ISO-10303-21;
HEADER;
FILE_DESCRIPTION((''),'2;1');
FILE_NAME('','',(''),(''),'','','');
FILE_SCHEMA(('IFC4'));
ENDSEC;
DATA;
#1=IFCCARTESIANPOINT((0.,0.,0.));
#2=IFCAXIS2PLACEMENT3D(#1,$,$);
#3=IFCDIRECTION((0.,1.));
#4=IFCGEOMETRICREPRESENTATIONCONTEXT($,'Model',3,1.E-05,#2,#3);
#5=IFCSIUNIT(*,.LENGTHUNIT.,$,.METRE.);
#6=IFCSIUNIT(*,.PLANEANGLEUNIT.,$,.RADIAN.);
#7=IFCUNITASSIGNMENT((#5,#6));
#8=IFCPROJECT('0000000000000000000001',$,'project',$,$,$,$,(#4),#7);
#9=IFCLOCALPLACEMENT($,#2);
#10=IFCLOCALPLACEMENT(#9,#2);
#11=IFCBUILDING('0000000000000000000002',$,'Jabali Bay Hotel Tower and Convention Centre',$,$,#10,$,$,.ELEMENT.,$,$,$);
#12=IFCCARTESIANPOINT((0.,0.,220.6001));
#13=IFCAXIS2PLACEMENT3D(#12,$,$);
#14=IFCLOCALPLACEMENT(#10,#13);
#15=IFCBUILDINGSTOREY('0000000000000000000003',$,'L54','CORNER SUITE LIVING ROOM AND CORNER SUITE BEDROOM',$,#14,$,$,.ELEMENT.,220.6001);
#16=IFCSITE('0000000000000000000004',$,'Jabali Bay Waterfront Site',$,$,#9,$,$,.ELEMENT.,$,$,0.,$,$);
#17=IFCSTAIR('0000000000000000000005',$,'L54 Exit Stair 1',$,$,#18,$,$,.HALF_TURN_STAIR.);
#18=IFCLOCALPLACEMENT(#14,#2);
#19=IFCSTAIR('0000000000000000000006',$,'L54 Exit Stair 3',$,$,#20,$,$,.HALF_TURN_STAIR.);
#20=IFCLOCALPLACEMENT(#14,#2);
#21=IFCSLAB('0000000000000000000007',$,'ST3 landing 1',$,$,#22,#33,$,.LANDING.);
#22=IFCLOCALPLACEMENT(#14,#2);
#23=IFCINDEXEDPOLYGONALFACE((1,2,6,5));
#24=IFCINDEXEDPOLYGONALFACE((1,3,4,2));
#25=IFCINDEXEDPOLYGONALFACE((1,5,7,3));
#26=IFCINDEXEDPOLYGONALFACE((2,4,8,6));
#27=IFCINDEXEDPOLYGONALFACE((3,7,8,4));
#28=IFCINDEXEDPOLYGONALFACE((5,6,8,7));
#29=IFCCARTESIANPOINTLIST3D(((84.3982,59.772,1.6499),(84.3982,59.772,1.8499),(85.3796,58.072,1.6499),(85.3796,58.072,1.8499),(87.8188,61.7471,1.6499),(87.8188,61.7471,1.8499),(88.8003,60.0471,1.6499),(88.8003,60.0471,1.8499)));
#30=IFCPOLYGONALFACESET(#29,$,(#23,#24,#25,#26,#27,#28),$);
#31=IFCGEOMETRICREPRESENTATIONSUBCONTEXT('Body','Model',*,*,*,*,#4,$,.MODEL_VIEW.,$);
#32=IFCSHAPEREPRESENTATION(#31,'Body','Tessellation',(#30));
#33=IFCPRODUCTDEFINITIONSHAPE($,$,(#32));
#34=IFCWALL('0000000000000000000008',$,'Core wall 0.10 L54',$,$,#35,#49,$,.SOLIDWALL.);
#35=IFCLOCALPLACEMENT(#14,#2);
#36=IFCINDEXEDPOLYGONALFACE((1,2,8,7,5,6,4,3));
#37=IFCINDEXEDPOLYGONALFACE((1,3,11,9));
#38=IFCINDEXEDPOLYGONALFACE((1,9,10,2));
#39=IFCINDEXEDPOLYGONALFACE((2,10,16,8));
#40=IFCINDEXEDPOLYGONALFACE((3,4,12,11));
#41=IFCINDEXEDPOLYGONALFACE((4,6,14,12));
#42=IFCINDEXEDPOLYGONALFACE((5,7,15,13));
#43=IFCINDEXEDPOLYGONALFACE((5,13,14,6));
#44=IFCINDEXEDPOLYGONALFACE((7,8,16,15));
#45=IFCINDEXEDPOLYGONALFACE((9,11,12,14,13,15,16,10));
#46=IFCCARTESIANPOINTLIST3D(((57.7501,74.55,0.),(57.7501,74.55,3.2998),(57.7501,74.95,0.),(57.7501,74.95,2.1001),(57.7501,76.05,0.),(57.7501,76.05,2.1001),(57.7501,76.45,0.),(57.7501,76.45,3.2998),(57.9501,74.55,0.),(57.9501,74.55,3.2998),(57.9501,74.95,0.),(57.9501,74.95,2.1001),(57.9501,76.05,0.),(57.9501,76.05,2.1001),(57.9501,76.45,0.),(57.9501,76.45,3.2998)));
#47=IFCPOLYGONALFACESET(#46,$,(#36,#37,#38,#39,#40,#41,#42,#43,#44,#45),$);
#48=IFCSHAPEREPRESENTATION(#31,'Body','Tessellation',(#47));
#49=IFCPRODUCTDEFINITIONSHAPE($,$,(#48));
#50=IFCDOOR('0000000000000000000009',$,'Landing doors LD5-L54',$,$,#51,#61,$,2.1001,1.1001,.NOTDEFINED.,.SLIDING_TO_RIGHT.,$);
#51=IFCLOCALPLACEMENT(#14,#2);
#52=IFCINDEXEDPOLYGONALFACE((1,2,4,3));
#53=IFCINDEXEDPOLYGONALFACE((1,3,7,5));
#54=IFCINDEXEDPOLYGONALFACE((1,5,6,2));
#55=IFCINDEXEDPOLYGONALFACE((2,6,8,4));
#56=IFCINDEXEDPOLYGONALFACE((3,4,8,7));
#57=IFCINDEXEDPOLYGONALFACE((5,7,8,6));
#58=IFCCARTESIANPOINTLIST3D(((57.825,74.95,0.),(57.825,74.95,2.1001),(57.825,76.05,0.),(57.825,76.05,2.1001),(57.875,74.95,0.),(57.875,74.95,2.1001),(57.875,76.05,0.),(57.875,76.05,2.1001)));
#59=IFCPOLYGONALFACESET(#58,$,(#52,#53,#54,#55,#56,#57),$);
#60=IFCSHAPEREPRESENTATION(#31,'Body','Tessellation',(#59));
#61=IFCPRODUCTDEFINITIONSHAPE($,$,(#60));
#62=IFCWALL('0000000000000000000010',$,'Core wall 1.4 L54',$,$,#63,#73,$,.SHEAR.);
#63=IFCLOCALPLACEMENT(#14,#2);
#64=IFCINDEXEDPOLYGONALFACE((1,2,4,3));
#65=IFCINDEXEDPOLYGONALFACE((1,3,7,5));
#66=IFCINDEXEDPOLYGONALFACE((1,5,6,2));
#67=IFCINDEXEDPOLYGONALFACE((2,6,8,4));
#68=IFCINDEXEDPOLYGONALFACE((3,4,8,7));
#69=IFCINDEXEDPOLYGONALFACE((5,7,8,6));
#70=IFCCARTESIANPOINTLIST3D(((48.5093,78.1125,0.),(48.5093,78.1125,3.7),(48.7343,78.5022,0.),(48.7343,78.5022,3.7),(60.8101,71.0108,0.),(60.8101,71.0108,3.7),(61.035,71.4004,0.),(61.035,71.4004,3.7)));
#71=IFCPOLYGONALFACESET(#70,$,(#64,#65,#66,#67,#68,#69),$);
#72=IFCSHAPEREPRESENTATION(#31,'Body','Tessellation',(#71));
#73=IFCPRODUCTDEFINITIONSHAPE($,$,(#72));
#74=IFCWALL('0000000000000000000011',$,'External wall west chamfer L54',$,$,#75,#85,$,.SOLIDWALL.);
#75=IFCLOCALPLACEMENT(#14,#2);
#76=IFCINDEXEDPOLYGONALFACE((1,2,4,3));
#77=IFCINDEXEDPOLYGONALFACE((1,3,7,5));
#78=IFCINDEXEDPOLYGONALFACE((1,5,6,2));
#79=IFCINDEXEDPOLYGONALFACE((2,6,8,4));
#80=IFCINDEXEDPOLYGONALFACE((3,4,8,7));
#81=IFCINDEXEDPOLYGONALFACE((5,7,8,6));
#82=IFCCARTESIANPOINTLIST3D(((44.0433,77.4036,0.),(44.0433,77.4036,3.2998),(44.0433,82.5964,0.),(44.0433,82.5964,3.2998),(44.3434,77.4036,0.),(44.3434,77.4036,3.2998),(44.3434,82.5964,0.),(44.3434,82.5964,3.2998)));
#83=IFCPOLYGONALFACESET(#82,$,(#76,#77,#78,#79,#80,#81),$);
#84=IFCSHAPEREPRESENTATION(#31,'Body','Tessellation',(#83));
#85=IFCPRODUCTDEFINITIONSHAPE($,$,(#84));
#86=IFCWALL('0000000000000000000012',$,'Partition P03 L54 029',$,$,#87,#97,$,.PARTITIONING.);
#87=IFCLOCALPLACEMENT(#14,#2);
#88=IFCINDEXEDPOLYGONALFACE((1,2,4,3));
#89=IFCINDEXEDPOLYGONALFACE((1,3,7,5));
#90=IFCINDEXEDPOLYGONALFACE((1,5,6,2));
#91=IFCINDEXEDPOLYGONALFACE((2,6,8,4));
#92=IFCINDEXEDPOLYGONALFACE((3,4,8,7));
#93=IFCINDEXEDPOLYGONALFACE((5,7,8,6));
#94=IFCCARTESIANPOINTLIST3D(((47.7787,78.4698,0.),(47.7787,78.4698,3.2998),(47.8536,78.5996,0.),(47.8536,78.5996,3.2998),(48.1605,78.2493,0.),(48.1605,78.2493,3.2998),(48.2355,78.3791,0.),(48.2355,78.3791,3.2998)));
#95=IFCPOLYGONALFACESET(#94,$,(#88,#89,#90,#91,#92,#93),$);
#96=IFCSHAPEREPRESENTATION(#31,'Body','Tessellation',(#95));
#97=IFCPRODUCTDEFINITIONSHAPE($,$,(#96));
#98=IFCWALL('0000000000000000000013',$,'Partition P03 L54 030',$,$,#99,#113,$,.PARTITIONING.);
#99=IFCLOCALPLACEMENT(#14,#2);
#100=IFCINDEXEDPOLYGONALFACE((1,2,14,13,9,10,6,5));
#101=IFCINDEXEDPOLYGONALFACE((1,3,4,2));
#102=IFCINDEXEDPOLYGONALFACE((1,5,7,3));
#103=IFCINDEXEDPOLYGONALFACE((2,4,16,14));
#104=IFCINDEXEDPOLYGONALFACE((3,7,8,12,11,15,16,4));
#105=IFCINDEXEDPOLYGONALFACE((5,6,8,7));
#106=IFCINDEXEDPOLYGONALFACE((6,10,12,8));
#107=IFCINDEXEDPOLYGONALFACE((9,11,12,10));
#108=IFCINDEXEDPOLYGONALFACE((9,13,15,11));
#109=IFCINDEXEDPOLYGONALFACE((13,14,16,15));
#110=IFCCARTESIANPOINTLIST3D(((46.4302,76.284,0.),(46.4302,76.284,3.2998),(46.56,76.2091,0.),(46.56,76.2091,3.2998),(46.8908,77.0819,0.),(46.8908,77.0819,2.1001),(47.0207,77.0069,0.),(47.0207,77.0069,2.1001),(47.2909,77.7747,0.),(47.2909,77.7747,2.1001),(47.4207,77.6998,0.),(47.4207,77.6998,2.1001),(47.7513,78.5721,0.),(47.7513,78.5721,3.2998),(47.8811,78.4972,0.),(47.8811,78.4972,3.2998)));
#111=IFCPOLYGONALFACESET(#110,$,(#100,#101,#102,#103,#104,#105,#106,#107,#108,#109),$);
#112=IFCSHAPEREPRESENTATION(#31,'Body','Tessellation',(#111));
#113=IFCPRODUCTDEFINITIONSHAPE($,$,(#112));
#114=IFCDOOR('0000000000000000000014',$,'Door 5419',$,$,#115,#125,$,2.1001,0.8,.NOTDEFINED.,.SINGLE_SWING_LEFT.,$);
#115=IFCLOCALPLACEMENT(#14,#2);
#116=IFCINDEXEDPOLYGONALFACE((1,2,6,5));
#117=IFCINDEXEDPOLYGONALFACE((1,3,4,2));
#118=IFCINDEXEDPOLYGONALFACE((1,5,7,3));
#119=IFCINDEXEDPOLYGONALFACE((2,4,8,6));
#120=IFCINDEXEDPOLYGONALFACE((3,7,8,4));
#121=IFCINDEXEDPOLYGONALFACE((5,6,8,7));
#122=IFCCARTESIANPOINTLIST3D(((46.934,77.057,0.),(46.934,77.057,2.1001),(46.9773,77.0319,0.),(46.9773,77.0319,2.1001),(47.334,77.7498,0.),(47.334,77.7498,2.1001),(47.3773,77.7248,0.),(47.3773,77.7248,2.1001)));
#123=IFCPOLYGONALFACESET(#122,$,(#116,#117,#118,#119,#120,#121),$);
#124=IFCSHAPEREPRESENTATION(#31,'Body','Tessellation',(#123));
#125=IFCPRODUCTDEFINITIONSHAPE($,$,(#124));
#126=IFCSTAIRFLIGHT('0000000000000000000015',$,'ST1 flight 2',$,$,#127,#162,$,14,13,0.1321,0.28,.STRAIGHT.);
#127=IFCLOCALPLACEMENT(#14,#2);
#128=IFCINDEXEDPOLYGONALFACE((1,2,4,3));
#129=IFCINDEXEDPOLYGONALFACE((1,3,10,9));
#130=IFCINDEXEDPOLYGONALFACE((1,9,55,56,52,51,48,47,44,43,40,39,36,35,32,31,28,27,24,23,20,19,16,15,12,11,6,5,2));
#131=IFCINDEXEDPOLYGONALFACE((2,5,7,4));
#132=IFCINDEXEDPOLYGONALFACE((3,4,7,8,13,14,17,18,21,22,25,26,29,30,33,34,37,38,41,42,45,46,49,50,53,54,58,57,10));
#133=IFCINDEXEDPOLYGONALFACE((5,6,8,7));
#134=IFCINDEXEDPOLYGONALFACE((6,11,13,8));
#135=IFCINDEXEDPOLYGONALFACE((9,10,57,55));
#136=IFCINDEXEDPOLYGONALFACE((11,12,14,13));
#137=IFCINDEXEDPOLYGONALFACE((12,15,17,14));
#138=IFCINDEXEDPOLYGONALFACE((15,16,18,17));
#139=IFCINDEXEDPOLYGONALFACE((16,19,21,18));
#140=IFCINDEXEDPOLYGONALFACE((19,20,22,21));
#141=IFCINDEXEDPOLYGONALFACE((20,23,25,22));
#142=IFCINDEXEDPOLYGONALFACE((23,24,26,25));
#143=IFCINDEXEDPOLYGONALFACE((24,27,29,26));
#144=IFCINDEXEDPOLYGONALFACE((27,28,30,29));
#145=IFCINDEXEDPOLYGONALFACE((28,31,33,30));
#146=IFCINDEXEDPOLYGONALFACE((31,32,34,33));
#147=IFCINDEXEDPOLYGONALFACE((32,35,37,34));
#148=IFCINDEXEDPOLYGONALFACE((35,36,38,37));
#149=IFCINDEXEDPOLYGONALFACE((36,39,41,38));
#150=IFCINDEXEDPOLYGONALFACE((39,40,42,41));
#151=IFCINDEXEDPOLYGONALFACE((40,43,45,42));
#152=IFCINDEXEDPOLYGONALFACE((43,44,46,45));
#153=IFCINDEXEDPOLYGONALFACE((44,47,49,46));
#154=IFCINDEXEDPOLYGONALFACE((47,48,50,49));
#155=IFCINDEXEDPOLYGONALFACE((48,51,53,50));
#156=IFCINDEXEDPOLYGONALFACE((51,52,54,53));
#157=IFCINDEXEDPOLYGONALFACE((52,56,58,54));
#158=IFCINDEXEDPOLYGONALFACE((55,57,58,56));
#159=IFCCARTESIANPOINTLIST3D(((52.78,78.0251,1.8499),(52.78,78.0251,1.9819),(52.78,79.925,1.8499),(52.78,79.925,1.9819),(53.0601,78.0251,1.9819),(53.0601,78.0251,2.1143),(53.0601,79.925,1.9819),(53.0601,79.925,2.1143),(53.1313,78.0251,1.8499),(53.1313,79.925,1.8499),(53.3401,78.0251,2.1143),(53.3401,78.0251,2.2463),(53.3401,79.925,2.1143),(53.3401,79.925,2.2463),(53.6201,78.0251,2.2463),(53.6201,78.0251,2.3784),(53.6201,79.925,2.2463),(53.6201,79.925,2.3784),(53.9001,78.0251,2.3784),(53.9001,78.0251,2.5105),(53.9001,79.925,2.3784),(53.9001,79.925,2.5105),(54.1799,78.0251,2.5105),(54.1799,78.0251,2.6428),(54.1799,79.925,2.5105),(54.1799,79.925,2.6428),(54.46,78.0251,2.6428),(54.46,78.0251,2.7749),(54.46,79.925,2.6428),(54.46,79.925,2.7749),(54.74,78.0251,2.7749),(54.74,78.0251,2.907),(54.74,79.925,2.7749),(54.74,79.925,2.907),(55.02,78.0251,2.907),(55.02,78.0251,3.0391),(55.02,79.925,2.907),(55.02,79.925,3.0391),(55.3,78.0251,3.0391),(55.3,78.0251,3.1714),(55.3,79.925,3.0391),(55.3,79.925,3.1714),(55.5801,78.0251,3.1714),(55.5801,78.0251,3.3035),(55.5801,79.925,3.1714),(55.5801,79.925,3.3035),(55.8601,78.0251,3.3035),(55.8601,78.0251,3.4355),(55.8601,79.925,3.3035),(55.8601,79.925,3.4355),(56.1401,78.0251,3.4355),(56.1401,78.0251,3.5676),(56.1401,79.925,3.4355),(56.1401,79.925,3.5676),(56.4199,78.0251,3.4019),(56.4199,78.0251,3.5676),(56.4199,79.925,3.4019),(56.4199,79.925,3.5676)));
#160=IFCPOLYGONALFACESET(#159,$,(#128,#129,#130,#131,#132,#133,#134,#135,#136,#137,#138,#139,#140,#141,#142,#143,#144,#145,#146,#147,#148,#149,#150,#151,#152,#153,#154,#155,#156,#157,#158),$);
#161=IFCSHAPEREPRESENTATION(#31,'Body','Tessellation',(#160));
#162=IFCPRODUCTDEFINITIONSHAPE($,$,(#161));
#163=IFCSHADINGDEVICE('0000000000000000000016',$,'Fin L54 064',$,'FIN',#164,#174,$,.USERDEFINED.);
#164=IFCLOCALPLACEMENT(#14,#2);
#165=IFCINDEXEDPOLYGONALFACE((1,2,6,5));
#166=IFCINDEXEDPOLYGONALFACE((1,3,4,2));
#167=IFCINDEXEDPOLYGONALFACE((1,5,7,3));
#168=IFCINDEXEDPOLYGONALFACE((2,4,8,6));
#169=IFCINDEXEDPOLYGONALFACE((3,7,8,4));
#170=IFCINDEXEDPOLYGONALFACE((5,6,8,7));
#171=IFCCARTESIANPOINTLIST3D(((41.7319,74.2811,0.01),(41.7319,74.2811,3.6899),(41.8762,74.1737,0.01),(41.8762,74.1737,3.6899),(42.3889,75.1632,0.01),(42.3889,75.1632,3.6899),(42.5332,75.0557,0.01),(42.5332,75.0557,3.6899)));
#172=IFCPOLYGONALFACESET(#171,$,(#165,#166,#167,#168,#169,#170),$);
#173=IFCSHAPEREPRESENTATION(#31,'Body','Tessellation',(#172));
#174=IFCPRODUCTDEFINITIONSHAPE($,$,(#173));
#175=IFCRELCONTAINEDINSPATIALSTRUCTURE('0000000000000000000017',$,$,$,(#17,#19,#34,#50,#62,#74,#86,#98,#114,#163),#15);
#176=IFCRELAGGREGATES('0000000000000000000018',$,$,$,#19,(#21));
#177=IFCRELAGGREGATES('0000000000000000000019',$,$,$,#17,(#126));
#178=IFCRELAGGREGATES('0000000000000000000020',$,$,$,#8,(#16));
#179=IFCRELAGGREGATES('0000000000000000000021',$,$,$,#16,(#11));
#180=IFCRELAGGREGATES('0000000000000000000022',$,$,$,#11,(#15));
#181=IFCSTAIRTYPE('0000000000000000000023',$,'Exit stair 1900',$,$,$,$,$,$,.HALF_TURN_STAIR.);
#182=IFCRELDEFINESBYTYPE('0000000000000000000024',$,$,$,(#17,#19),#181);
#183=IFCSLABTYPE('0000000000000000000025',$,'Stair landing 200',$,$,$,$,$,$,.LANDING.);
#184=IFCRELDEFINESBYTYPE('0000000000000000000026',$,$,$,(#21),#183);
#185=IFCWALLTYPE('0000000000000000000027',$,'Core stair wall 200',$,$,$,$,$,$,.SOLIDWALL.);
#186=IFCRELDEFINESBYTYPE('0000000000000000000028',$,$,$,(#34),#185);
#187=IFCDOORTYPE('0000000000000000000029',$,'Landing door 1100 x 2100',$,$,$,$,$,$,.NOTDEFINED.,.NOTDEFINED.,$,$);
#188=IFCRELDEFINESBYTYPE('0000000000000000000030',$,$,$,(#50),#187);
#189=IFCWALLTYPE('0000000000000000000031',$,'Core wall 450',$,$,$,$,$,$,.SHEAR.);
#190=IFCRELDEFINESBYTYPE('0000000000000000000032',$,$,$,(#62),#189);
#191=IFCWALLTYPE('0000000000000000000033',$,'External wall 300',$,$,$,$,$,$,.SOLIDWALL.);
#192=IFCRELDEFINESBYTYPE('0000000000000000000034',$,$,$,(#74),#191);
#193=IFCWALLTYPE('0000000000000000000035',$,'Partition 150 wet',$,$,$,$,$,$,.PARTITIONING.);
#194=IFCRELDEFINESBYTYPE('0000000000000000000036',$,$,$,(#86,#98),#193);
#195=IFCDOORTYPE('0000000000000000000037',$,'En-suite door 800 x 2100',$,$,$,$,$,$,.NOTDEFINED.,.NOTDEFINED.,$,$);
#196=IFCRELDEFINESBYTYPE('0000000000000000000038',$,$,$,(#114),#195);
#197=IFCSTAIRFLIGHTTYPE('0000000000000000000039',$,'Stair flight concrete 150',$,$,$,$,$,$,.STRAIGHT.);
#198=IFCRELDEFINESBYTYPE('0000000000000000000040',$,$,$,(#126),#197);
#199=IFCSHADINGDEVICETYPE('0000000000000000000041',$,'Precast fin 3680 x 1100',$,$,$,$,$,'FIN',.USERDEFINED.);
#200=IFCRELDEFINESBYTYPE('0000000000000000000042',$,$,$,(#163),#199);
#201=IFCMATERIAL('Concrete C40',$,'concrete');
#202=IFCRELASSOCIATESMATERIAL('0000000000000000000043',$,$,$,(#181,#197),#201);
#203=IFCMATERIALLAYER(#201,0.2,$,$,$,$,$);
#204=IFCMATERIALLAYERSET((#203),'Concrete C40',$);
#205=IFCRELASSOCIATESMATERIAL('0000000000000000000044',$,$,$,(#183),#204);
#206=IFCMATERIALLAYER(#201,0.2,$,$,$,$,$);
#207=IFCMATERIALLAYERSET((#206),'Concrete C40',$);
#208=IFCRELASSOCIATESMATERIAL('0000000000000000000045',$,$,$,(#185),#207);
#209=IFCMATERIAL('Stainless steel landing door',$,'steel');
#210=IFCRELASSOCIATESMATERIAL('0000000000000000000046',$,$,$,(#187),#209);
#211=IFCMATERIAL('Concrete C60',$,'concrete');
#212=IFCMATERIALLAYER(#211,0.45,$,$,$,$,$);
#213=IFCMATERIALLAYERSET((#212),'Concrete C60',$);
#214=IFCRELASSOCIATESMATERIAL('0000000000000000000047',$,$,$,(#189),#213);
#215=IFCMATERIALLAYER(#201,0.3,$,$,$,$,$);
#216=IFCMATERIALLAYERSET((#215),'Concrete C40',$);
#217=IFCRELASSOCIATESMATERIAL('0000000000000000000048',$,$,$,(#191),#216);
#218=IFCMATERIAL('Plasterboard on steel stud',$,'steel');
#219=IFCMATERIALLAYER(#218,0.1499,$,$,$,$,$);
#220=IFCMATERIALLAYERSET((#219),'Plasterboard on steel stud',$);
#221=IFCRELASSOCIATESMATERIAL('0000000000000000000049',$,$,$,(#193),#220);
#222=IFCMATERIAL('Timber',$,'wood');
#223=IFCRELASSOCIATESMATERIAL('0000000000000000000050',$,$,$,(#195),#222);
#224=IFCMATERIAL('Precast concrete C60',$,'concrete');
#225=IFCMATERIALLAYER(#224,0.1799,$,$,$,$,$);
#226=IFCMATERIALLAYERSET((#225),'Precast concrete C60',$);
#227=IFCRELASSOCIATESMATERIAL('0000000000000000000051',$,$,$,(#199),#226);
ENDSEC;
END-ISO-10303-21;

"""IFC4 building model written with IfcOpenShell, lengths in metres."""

from ifc_helpers import new_model, si_unit, direction, frame, frame_2d, origin, place, context, subcontext, project, spatial, polyline, rectangle, outline, extrude, material, layer, layer_set, type_object, element, fill, aggregate, save


model = new_model("IFC4")

# Units and contexts
model_context = context("Model", 3, precision=1e-05, world=origin(), true_north=direction((0.0, 1.0)))
body_context = subcontext(model_context, "Body", "Model", "MODEL_VIEW")
ifc_project = project(units=[si_unit("LENGTHUNIT", "METRE"), si_unit("PLANEANGLEUNIT", "RADIAN")], contexts=[model_context])

# Site, building, storey
site_placement = place(None, origin())
site = spatial("IfcSite", under=ifc_project, at=site_placement, Name="Jabali Bay Waterfront Site", CompositionType="ELEMENT", RefElevation=0.0)
building_placement = place(site_placement, origin())
building = spatial("IfcBuilding", under=site, at=building_placement, Name="Jabali Bay Hotel Tower and Convention Centre", CompositionType="ELEMENT")
storey_placement = place(building_placement, frame((0.0, 0.0, 220.6001)))
storey = spatial("IfcBuildingStorey", under=building, at=storey_placement, Name="L54", Description="CORNER SUITE LIVING ROOM AND CORNER SUITE BEDROOM", CompositionType="ELEMENT", Elevation=220.6001)

# Shared definitions
ifc_material_1 = material(Name="Concrete C60", Category="concrete")

# Shared definitions
ifc_material_2 = material(Name="Concrete C40", Category="concrete")

# Stairs, slab
stair_type = type_object("IfcStairType", Name="Exit stair 1900", PredefinedType="HALF_TURN_STAIR", material=ifc_material_2)
stair_1_placement = place(storey_placement, origin())
stair_1 = element("IfcStair", 1, at=stair_1_placement, inside=storey, type_object=stair_type, Name="L54 Exit Stair 1", PredefinedType="HALF_TURN_STAIR")
ifc_layer_1 = layer(ifc_material_2, 0.2)
ifc_layer_set_1 = layer_set([ifc_layer_1], Name="Concrete C40")
slab_type_1 = type_object("IfcSlabType", Name="Stair landing 200", PredefinedType="LANDING", material=ifc_layer_set_1)
stair_2_placement = place(storey_placement, origin())
stair_2 = element("IfcStair", 2, at=stair_2_placement, inside=storey, type_object=stair_type, Name="L54 Exit Stair 3", PredefinedType="HALF_TURN_STAIR")
slab_1_placement = place(storey_placement, frame((0.0, 0.0, 1.6499)))
slab_1 = element("IfcSlab", 3, at=slab_1_placement, type_object=slab_type_1, Name="ST3 landing 1", PredefinedType="LANDING", context=body_context, shape_type="SweptSolid", body=[
    extrude(outline(polyline([(84.3982, 59.772), (85.3796, 58.072), (88.8003, 60.0471), (87.8188, 61.7471), (84.3982, 59.772)])), origin(), (0.0, 0.0, 1.0), 0.2),
])
aggregate(stair_2, [slab_1])

# Wall, opening, door
ifc_layer_2 = layer(ifc_material_2, 0.2)
ifc_layer_set_2 = layer_set([ifc_layer_2], Name="Concrete C40")
wall_type_1 = type_object("IfcWallType", Name="Core stair wall 200", PredefinedType="SOLIDWALL", material=ifc_layer_set_2)
wall_1_placement = place(storey_placement, frame((57.8501, 76.45, 0.0), z_axis=(0.0, 0.0, 1.0), x_axis=(0.0, -1.0, 0.0)))
wall_1 = element("IfcWall", 4, at=wall_1_placement, inside=storey, type_object=wall_type_1, Name="Core wall 0.10 L54", PredefinedType="SOLIDWALL", context=body_context, shape_type="SweptSolid", body=[
    extrude(rectangle(XDim=1.8999, YDim=0.2, at=frame_2d((0.95, 0.0))), origin(), (0.0, 0.0, 1.0), 3.2998),
])
opening_1_placement = place(wall_1_placement, frame((0.3999, 0.0, 0.0)))
opening_1 = element("IfcOpeningElement", 5, at=opening_1_placement, cuts=wall_1, PredefinedType="OPENING", context=body_context, shape_type="SweptSolid", body=[
    extrude(rectangle(XDim=1.1001, YDim=2.1001, at=frame_2d((0.55, 1.05))), frame((0.0, 0.1104, 0.0), z_axis=(0.0, -1.0, 0.0), x_axis=(1.0, 0.0, 0.0)), (0.0, 0.0, 1.0), 0.2209),
])
ifc_material_3 = material(Name="Stainless steel landing door", Category="steel")
door_type_1 = type_object("IfcDoorType", Name="Landing door 1100 x 2100", OperationType="NOTDEFINED", PredefinedType="NOTDEFINED", material=ifc_material_3)
door_1_placement = place(opening_1_placement, origin())
door_1 = element("IfcDoor", 6, at=door_1_placement, inside=storey, type_object=door_type_1, Name="Landing doors LD5-L54", OperationType="SLIDING_TO_RIGHT", OverallHeight=2.1001, OverallWidth=1.1001, PredefinedType="NOTDEFINED", context=body_context, shape_type="SweptSolid", body=[
    extrude(rectangle(XDim=1.1001, YDim=2.1001, at=frame_2d((0.55, 1.05))), frame((0.0, 0.0249, 0.0), z_axis=(0.0, -1.0, 0.0), x_axis=(1.0, 0.0, 0.0)), (0.0, 0.0, 1.0), 0.05),
])
fill(opening_1, door_1)

# Walls
ifc_layer_3 = layer(ifc_material_1, 0.45)
ifc_layer_set_3 = layer_set([ifc_layer_3], Name="Concrete C60")
wall_type_2 = type_object("IfcWallType", Name="Core wall 450", PredefinedType="SHEAR", material=ifc_layer_set_3)
wall_2_placement = place(storey_placement, frame((48.6218, 78.3074, 0.0), z_axis=(0.0, 0.0, 1.0), x_axis=(0.866027, -0.499997, 0.0)))
element("IfcWall", 7, at=wall_2_placement, inside=storey, type_object=wall_type_2, Name="Core wall 1.4 L54", PredefinedType="SHEAR", context=body_context, shape_type="SweptSolid", body=[
    extrude(rectangle(XDim=14.2036, YDim=0.45, at=frame_2d((7.1018, 0.0))), origin(), (0.0, 0.0, 1.0), 3.7),
])
ifc_layer_4 = layer(ifc_material_2, 0.3)
ifc_layer_set_4 = layer_set([ifc_layer_4], Name="Concrete C40")
wall_type_3 = type_object("IfcWallType", Name="External wall 300", PredefinedType="SOLIDWALL", material=ifc_layer_set_4)
wall_3_placement = place(storey_placement, frame((44.1934, 77.4036, 0.0), z_axis=(0.0, 0.0, 1.0), x_axis=(0.0, 1.0, 0.0)))
element("IfcWall", 8, at=wall_3_placement, inside=storey, type_object=wall_type_3, Name="External wall west chamfer L54", PredefinedType="SOLIDWALL", context=body_context, shape_type="SweptSolid", body=[
    extrude(rectangle(XDim=5.1929, YDim=0.3, at=frame_2d((2.5964, 0.0))), origin(), (0.0, 0.0, 1.0), 3.2998),
])
ifc_material_4 = material(Name="Plasterboard on steel stud", Category="steel")
ifc_layer_5 = layer(ifc_material_4, 0.1499)
ifc_layer_set_5 = layer_set([ifc_layer_5], Name="Plasterboard on steel stud")
wall_type_4 = type_object("IfcWallType", Name="Partition 150 wet", PredefinedType="PARTITIONING", material=ifc_layer_set_5)
wall_4_placement = place(storey_placement, frame((48.198, 78.3142, 0.0), z_axis=(0.0, 0.0, 1.0), x_axis=(-0.86602, 0.50001, 0.0)))
element("IfcWall", 9, at=wall_4_placement, inside=storey, type_object=wall_type_4, Name="Partition P03 L54 029", PredefinedType="PARTITIONING", context=body_context, shape_type="SweptSolid", body=[
    extrude(rectangle(XDim=0.4409, YDim=0.1499, at=frame_2d((0.2205, 0.0))), origin(), (0.0, 0.0, 1.0), 3.2998),
])

# Wall, opening, door
wall_5_placement = place(storey_placement, frame((47.8162, 78.5347, 0.0), z_axis=(0.0, 0.0, 1.0), x_axis=(-0.500005, -0.866022, 0.0)))
wall_5 = element("IfcWall", 10, at=wall_5_placement, inside=storey, type_object=wall_type_4, Name="Partition P03 L54 030", PredefinedType="PARTITIONING", context=body_context, shape_type="SweptSolid", body=[
    extrude(rectangle(XDim=2.6421, YDim=0.1499, at=frame_2d((1.321, 0.0))), origin(), (0.0, 0.0, 1.0), 3.2998),
])
opening_2_placement = place(wall_5_placement, frame((0.9209, 0.0, 0.0)))
opening_2 = element("IfcOpeningElement", 11, at=opening_2_placement, cuts=wall_5, PredefinedType="OPENING", context=body_context, shape_type="SweptSolid", body=[
    extrude(rectangle(XDim=0.8, YDim=2.1001, at=frame_2d((0.3999, 1.05))), frame((0.0, 0.0854, 0.0), z_axis=(0.0, -1.0, 0.0), x_axis=(1.0, 0.0, 0.0)), (0.0, 0.0, 1.0), 0.1709),
])
ifc_material_5 = material(Name="Timber", Category="wood")
door_type_2 = type_object("IfcDoorType", Name="En-suite door 800 x 2100", OperationType="NOTDEFINED", PredefinedType="NOTDEFINED", material=ifc_material_5)
door_2_placement = place(opening_2_placement, origin())
door_2 = element("IfcDoor", 12, at=door_2_placement, inside=storey, type_object=door_type_2, Name="Door 5419", OperationType="SINGLE_SWING_LEFT", OverallHeight=2.1001, OverallWidth=0.8, PredefinedType="NOTDEFINED", context=body_context, shape_type="SweptSolid", body=[
    extrude(rectangle(XDim=0.8, YDim=2.1001, at=frame_2d((0.3999, 1.05))), frame((0.0, 0.0249, 0.0), z_axis=(0.0, -1.0, 0.0), x_axis=(1.0, 0.0, 0.0)), (0.0, 0.0, 1.0), 0.05),
])
fill(opening_2, door_2)

# Stair flight
stair_flight_type = type_object("IfcStairFlightType", Name="Stair flight concrete 150", PredefinedType="STRAIGHT", material=ifc_material_2)
stair_flight_placement = place(storey_placement, frame((52.78, 78.9751, 1.8499), z_axis=(0.0, 0.0, 1.0), x_axis=(1.0, 0.0, 0.0)))
stair_flight = element("IfcStairFlight", 13, at=stair_flight_placement, type_object=stair_flight_type, Name="ST1 flight 2", NumberOfRisers=14, NumberOfTreads=13, PredefinedType="STRAIGHT", RiserHeight=0.1321, TreadLength=0.28, context=body_context, shape_type="SweptSolid", body=[
    extrude(outline(polyline([(0.0, 0.0), (0.0, 0.1321), (0.28, 0.1321), (0.28, 0.2644), (0.5601, 0.2644), (0.5601, 0.3965), (0.8401, 0.3965), (0.8401, 0.5286), (1.1201, 0.5286), (1.1201, 0.6606), (1.3999, 0.6606), (1.3999, 0.793), (1.6799, 0.793), (1.6799, 0.925), (1.96, 0.925), (1.96, 1.0571), (2.24, 1.0571), (2.24, 1.1892), (2.52, 1.1892), (2.52, 1.3215), (2.8, 1.3215), (2.8, 1.4536), (3.0801, 1.4536), (3.0801, 1.5857), (3.3601, 1.5857), (3.3601, 1.7178), (3.6399, 1.7178), (3.6399, 1.8501), (3.6399, 1.552), (0.3513, 0.0), (0.0, 0.0)])), frame((0.0, 0.95, 0.0), z_axis=(0.0, -1.0, 0.0), x_axis=(1.0, 0.0, 0.0)), (0.0, 0.0, 1.0), 1.8999),
])
aggregate(stair_1, [stair_flight])

# Shading device
ifc_material_6 = material(Name="Precast concrete C60", Category="concrete")
ifc_layer_6 = layer(ifc_material_6, 0.1799)
ifc_layer_set_6 = layer_set([ifc_layer_6], Name="Precast concrete C60")
shading_device_type_1 = type_object("IfcShadingDeviceType", Name="Precast fin 3680 x 1100", ElementType="FIN", PredefinedType="USERDEFINED", material=ifc_layer_set_6)
shading_device_1_placement = place(storey_placement, frame((42.4609, 75.1094, 0.01), z_axis=(0.0, 0.0, 1.0), x_axis=(-0.597333, -0.801993, 0.0)))
element("IfcShadingDevice", 14, at=shading_device_1_placement, inside=storey, type_object=shading_device_type_1, Name="Fin L54 064", ObjectType="FIN", PredefinedType="USERDEFINED", context=body_context, shape_type="SweptSolid", body=[
    extrude(rectangle(XDim=1.0999, YDim=0.1799, at=frame_2d((0.5498, 0.0))), origin(), (0.0, 0.0, 1.0), 3.6799),
])

save(model, "model.ifc")
